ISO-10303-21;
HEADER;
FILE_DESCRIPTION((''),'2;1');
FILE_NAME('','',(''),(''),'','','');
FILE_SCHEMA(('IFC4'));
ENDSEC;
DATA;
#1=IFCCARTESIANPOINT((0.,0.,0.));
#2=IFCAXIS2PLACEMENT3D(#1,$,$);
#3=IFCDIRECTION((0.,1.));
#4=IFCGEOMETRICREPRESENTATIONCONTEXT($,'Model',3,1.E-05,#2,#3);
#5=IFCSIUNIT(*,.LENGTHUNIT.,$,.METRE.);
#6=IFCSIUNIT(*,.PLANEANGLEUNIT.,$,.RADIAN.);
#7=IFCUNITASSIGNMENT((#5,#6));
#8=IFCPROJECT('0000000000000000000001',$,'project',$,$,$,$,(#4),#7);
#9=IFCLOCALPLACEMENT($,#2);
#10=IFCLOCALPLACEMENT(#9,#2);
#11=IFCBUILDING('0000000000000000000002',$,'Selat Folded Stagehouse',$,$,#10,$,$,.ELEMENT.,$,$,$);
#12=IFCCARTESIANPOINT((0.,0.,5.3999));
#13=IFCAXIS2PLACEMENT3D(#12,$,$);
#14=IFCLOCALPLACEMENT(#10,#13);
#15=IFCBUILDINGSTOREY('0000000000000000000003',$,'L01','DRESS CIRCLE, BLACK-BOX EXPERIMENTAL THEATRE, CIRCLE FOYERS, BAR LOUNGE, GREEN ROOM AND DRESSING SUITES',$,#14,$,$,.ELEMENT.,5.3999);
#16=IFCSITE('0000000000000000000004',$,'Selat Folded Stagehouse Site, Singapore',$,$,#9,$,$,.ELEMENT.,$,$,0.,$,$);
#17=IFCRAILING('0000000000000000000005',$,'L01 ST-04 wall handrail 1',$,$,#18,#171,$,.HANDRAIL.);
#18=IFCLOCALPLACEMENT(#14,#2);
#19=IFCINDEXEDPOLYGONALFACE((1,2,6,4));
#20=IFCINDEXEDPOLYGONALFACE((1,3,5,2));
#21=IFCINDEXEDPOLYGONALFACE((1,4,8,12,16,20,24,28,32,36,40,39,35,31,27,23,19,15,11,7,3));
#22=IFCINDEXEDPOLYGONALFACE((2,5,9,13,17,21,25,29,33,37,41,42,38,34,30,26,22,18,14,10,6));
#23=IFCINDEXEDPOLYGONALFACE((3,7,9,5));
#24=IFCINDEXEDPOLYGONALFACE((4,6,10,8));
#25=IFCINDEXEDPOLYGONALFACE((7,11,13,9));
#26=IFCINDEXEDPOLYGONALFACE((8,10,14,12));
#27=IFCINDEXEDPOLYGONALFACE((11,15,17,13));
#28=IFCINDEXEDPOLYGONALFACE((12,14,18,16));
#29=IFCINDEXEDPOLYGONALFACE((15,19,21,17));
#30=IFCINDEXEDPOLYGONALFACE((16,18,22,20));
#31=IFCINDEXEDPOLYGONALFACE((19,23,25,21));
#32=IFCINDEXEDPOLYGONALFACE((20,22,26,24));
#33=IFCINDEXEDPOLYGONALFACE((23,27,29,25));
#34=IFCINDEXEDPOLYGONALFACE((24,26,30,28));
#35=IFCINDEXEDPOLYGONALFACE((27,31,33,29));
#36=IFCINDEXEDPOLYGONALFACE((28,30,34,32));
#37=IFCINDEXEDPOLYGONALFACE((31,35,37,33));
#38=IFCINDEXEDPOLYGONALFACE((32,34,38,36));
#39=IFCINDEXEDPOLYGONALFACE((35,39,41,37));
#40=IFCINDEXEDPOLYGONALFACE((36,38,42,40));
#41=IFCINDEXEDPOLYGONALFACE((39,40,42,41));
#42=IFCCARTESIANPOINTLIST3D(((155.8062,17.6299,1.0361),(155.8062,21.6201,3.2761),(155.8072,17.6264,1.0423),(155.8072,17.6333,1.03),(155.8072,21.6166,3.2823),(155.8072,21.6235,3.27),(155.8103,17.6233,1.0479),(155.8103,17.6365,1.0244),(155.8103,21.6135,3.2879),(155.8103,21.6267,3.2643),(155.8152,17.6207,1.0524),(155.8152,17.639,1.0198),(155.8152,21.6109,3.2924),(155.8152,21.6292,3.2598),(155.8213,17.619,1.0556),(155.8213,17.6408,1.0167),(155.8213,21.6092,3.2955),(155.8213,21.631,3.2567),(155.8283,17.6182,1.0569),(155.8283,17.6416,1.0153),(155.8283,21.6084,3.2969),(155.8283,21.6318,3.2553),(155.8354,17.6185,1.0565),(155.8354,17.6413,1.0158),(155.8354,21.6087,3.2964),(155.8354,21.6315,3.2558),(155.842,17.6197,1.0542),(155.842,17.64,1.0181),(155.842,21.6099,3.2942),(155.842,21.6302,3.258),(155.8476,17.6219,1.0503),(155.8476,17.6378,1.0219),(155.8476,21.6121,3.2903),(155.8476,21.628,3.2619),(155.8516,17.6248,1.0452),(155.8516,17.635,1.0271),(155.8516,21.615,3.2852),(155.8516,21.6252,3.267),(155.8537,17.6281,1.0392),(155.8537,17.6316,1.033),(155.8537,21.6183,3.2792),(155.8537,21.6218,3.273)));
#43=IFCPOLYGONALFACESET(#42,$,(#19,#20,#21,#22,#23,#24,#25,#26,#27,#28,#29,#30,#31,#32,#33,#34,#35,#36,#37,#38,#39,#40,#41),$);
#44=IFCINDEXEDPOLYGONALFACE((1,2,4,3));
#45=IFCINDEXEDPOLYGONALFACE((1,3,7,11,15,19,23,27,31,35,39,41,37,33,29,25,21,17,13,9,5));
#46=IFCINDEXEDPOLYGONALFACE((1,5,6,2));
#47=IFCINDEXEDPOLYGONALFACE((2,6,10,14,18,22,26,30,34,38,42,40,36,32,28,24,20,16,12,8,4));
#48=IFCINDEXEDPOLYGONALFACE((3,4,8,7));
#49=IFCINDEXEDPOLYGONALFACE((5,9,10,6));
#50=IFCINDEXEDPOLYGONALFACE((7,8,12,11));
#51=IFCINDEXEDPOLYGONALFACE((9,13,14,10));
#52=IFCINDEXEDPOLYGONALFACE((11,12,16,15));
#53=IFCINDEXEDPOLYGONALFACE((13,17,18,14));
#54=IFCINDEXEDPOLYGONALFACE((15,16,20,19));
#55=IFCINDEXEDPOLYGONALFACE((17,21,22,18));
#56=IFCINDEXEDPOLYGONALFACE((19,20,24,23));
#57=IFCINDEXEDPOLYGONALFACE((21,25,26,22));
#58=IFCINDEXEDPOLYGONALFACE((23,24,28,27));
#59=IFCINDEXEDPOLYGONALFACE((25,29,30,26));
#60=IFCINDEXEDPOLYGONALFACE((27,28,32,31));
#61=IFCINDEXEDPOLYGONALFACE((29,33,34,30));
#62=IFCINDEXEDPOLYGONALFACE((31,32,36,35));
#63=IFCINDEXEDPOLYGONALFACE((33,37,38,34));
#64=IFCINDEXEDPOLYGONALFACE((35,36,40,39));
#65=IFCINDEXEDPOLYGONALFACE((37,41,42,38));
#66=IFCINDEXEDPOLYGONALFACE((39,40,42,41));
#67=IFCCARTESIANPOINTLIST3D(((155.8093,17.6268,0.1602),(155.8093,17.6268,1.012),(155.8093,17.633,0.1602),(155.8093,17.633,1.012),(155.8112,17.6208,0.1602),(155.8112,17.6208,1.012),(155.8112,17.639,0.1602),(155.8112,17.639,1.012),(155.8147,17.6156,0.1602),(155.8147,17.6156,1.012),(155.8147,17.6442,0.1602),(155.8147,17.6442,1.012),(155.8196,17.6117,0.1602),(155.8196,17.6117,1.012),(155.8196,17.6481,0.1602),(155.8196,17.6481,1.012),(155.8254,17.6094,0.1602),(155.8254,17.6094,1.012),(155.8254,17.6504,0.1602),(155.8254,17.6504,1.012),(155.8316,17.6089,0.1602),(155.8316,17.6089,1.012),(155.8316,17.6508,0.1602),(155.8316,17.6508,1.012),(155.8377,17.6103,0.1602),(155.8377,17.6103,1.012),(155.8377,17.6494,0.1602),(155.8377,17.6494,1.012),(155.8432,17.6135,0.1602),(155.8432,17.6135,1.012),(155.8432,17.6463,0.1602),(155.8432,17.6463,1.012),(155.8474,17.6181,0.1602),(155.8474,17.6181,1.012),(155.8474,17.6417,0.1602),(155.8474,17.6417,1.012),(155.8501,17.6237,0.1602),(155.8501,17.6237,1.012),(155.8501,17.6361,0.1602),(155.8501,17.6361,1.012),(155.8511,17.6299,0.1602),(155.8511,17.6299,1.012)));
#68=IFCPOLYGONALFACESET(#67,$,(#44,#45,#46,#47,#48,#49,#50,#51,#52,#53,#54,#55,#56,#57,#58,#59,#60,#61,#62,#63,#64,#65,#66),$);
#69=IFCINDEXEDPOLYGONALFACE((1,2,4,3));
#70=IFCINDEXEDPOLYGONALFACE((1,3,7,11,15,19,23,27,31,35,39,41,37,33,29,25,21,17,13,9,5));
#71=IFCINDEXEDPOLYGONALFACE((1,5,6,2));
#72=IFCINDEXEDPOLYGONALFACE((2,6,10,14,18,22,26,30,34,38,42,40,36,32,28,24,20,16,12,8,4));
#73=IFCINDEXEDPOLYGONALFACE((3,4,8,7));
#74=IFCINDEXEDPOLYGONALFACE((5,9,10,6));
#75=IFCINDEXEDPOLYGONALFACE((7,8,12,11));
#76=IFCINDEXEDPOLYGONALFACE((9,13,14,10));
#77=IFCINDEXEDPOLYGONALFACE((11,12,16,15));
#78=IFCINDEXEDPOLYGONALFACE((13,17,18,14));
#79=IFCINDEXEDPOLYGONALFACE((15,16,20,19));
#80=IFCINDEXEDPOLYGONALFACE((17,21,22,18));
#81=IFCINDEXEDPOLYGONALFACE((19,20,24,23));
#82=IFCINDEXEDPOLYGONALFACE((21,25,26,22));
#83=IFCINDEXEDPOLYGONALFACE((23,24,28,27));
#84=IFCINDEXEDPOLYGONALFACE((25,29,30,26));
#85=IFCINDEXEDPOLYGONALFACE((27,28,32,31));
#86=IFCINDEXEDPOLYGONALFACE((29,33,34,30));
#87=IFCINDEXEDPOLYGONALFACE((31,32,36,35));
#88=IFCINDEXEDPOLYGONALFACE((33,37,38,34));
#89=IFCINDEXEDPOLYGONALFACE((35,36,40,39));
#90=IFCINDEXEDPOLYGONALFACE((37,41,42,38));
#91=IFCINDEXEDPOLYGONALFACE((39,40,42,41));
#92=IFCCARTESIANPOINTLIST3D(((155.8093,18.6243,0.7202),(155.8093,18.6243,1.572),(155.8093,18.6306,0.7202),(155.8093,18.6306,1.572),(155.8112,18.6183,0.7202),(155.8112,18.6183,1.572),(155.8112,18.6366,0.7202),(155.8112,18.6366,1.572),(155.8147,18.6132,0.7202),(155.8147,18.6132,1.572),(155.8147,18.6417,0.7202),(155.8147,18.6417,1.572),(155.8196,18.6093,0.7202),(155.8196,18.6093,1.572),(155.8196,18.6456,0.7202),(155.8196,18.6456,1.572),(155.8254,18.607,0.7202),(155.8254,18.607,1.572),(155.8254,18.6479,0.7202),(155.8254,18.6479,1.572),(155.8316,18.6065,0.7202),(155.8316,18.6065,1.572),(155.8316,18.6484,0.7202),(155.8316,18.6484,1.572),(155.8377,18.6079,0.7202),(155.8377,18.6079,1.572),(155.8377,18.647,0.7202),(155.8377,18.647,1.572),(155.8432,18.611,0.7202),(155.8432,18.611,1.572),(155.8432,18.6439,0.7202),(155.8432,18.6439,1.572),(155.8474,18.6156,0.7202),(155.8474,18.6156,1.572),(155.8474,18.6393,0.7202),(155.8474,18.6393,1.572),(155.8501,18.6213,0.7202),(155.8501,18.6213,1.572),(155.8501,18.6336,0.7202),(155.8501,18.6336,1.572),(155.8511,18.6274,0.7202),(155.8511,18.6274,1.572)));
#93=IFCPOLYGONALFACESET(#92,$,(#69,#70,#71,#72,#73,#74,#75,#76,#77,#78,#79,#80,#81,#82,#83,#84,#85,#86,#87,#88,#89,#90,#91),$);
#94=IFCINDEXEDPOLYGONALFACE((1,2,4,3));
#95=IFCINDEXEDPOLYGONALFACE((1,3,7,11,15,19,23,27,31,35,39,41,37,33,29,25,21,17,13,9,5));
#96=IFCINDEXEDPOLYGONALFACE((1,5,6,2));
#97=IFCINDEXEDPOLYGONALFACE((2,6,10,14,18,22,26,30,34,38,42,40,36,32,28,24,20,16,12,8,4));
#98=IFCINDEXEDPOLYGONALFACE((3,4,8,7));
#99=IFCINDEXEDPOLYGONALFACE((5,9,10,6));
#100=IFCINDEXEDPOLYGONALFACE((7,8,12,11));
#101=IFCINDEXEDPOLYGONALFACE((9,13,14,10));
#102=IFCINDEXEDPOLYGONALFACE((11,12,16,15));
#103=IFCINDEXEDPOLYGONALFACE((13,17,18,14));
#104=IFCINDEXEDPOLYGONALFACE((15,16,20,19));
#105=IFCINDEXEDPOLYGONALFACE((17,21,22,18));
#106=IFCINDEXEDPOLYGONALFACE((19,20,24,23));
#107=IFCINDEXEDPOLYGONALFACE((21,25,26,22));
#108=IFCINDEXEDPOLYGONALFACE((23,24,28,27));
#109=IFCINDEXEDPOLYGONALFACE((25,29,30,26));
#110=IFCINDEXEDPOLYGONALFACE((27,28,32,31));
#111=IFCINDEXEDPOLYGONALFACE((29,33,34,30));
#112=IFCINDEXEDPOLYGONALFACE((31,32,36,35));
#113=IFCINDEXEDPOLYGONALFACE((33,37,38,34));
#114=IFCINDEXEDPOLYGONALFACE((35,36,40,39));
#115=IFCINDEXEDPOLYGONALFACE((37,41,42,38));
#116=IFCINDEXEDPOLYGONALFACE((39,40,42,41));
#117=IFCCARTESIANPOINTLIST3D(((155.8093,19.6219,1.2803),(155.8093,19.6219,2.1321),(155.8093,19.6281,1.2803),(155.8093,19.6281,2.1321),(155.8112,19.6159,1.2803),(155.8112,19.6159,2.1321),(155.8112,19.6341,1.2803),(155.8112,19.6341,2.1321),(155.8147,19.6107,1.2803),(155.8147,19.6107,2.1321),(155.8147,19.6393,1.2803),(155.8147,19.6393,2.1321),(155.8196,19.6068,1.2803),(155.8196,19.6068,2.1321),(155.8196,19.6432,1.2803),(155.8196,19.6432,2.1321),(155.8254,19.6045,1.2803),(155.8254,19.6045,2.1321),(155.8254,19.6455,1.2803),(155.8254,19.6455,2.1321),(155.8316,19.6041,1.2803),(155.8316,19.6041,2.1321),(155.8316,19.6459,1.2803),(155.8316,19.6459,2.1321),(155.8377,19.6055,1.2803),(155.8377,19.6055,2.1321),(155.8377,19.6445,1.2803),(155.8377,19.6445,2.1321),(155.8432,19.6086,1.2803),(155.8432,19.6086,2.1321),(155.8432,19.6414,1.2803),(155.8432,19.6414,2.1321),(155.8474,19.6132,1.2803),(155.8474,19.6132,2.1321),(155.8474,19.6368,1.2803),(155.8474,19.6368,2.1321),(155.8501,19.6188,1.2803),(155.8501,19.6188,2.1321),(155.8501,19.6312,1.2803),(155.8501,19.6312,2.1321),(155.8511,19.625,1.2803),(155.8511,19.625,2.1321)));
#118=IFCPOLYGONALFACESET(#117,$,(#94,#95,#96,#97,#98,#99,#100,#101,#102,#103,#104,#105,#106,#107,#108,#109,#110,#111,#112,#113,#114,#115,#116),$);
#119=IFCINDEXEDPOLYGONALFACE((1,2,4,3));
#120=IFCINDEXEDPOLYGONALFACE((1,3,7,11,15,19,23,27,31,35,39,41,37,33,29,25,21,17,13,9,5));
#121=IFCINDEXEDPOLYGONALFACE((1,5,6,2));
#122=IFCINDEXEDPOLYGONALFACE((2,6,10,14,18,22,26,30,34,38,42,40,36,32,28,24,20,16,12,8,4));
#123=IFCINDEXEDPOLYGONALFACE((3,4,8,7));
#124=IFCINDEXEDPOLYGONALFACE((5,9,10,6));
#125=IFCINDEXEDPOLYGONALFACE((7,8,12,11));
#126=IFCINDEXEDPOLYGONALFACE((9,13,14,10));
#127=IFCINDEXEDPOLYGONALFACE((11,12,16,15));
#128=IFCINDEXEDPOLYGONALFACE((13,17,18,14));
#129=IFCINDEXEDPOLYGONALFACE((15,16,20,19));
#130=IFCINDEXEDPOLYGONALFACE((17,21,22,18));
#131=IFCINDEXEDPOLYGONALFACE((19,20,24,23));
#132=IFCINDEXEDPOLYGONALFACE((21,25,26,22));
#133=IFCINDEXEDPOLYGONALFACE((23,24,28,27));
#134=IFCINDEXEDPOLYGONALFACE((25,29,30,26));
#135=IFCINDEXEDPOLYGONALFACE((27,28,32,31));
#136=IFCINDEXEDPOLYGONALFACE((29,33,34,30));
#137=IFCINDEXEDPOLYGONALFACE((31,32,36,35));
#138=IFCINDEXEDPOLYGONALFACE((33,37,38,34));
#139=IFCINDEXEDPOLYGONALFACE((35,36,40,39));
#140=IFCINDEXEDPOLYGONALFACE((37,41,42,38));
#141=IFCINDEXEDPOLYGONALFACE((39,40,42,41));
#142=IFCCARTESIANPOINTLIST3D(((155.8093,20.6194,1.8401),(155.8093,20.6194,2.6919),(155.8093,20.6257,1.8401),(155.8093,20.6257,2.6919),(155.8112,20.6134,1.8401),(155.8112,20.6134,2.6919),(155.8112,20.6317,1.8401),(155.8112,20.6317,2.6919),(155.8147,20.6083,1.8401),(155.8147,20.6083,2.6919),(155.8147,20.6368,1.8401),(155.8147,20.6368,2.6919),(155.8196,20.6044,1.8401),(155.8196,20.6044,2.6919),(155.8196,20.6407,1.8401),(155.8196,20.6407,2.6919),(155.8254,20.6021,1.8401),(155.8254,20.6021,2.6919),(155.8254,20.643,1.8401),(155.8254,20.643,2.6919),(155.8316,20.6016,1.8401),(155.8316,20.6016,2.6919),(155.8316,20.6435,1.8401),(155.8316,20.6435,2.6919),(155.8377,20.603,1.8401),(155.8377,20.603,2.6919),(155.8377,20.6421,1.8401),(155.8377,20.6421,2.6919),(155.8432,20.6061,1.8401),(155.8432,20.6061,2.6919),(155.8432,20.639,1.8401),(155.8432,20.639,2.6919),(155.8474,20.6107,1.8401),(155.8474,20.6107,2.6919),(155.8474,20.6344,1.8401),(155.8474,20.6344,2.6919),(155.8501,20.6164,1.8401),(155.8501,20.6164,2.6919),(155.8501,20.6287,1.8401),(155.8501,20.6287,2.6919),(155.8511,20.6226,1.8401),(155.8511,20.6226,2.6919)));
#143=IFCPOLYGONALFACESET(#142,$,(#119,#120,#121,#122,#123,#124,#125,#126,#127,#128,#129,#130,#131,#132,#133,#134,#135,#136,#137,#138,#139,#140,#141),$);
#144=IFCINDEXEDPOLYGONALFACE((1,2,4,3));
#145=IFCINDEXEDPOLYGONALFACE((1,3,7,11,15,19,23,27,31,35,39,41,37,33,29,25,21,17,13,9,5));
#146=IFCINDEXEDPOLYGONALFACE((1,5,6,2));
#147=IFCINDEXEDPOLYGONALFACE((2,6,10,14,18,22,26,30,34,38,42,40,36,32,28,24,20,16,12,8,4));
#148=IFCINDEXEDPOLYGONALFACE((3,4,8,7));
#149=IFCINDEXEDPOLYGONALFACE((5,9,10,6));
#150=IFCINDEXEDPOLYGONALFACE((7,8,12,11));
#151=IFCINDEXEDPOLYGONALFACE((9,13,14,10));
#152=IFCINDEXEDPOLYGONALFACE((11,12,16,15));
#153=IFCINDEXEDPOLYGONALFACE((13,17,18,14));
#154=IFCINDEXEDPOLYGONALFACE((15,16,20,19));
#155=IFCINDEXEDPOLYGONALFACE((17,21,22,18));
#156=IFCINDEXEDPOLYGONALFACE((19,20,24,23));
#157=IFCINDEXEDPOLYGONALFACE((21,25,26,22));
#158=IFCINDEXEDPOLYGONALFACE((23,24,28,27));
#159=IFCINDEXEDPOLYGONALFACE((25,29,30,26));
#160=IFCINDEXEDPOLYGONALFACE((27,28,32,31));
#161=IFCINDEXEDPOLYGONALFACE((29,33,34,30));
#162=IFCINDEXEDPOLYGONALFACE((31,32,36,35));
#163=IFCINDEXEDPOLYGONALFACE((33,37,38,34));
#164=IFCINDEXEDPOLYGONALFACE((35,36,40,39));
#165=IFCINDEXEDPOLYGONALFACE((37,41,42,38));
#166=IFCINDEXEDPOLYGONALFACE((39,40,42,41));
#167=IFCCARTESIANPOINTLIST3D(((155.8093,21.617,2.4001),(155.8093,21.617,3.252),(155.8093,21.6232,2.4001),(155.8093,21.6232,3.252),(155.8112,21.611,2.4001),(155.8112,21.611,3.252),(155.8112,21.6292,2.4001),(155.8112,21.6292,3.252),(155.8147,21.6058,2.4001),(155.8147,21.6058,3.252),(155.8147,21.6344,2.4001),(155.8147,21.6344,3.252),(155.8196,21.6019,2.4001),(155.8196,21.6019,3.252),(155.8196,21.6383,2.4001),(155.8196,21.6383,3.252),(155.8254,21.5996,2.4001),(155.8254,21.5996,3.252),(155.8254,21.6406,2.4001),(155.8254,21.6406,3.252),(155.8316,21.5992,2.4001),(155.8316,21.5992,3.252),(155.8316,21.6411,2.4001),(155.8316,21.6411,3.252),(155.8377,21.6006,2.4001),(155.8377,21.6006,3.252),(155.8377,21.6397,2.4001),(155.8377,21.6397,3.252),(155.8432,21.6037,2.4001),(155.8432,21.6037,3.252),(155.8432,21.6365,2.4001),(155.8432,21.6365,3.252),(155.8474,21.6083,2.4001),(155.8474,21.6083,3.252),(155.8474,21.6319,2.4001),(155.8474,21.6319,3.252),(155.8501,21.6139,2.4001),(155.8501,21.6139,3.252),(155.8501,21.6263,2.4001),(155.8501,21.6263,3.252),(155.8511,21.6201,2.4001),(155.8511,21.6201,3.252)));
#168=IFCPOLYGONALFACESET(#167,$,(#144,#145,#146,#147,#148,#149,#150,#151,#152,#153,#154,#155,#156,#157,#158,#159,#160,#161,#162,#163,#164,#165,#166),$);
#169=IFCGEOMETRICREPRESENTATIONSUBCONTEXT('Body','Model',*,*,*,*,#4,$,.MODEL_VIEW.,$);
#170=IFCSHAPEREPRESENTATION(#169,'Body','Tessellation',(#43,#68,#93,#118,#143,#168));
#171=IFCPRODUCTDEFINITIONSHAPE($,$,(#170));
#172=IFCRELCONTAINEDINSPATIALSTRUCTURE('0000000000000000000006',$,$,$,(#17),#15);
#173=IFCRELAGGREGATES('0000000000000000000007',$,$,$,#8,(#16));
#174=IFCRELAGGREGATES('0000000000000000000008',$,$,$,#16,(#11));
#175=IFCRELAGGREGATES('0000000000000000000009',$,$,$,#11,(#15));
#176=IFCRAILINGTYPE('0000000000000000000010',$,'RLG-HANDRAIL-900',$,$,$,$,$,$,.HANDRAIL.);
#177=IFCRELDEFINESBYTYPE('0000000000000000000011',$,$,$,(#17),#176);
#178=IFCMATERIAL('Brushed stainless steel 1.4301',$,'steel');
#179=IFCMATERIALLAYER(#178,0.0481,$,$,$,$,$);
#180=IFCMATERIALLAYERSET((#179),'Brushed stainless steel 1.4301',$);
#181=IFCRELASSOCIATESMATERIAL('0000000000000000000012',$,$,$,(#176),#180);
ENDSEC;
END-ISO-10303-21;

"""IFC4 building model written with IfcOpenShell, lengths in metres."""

from ifc_helpers import new_model, si_unit, direction, frame, origin, origin_2d, place, context, subcontext, project, spatial, circle, extrude, material, layer, layer_set, type_object, element, save


model = new_model("IFC4")

# Units and contexts
model_context = context("Model", 3, precision=1e-05, world=origin(), true_north=direction((0.0, 1.0)))
body_context = subcontext(model_context, "Body", "Model", "MODEL_VIEW")
ifc_project = project(units=[si_unit("LENGTHUNIT", "METRE"), si_unit("PLANEANGLEUNIT", "RADIAN")], contexts=[model_context])

# Site, building, storey
site_placement = place(None, origin())
site = spatial("IfcSite", under=ifc_project, at=site_placement, Name="Selat Folded Stagehouse Site, Singapore", CompositionType="ELEMENT", RefElevation=0.0)
building_placement = place(site_placement, origin())
building = spatial("IfcBuilding", under=site, at=building_placement, Name="Selat Folded Stagehouse", CompositionType="ELEMENT")
storey_placement = place(building_placement, frame((0.0, 0.0, 5.3999)))
storey = spatial("IfcBuildingStorey", under=building, at=storey_placement, Name="L01", Description="DRESS CIRCLE, BLACK-BOX EXPERIMENTAL THEATRE, CIRCLE FOYERS, BAR LOUNGE, GREEN ROOM AND DRESSING SUITES", CompositionType="ELEMENT", Elevation=5.3999)

# Railing
ifc_material_1 = material(Name="Brushed stainless steel 1.4301", Category="steel")
ifc_layer_1 = layer(ifc_material_1, 0.0481)
ifc_layer_set_1 = layer_set([ifc_layer_1], Name="Brushed stainless steel 1.4301")
railing_type_1 = type_object("IfcRailingType", Name="RLG-HANDRAIL-900", PredefinedType="HANDRAIL", material=ifc_layer_set_1)
railing_1_placement = place(storey_placement, frame((155.8301, 17.6299, 0.1602)))
element("IfcRailing", 1, at=railing_1_placement, inside=storey, type_object=railing_type_1, Name="L01 ST-04 wall handrail 1", PredefinedType="HANDRAIL", context=body_context, shape_type="SweptSolid", body=[
    extrude(circle(Radius=0.0239, at=origin_2d()), frame((0.0, 0.0, 0.876), z_axis=(0.0, 0.871997, 0.489511), x_axis=(-1.0, 0.0, 0.0)), (0.0, 0.0, 1.0), 4.5759),
    extrude(circle(Radius=0.021, at=origin_2d()), origin(), (0.0, 0.0, 1.0), 0.8518),
    extrude(circle(Radius=0.021, at=origin_2d()), frame((0.0, 0.9976, 0.5601)), (0.0, 0.0, 1.0), 0.8518),
    extrude(circle(Radius=0.021, at=origin_2d()), frame((0.0, 1.9951, 1.1201)), (0.0, 0.0, 1.0), 0.8518),
    extrude(circle(Radius=0.021, at=origin_2d()), frame((0.0, 2.9927, 1.6799)), (0.0, 0.0, 1.0), 0.8518),
    extrude(circle(Radius=0.021, at=origin_2d()), frame((0.0, 3.9902, 2.24)), (0.0, 0.0, 1.0), 0.8518),
])

save(model, "model.ifc")
